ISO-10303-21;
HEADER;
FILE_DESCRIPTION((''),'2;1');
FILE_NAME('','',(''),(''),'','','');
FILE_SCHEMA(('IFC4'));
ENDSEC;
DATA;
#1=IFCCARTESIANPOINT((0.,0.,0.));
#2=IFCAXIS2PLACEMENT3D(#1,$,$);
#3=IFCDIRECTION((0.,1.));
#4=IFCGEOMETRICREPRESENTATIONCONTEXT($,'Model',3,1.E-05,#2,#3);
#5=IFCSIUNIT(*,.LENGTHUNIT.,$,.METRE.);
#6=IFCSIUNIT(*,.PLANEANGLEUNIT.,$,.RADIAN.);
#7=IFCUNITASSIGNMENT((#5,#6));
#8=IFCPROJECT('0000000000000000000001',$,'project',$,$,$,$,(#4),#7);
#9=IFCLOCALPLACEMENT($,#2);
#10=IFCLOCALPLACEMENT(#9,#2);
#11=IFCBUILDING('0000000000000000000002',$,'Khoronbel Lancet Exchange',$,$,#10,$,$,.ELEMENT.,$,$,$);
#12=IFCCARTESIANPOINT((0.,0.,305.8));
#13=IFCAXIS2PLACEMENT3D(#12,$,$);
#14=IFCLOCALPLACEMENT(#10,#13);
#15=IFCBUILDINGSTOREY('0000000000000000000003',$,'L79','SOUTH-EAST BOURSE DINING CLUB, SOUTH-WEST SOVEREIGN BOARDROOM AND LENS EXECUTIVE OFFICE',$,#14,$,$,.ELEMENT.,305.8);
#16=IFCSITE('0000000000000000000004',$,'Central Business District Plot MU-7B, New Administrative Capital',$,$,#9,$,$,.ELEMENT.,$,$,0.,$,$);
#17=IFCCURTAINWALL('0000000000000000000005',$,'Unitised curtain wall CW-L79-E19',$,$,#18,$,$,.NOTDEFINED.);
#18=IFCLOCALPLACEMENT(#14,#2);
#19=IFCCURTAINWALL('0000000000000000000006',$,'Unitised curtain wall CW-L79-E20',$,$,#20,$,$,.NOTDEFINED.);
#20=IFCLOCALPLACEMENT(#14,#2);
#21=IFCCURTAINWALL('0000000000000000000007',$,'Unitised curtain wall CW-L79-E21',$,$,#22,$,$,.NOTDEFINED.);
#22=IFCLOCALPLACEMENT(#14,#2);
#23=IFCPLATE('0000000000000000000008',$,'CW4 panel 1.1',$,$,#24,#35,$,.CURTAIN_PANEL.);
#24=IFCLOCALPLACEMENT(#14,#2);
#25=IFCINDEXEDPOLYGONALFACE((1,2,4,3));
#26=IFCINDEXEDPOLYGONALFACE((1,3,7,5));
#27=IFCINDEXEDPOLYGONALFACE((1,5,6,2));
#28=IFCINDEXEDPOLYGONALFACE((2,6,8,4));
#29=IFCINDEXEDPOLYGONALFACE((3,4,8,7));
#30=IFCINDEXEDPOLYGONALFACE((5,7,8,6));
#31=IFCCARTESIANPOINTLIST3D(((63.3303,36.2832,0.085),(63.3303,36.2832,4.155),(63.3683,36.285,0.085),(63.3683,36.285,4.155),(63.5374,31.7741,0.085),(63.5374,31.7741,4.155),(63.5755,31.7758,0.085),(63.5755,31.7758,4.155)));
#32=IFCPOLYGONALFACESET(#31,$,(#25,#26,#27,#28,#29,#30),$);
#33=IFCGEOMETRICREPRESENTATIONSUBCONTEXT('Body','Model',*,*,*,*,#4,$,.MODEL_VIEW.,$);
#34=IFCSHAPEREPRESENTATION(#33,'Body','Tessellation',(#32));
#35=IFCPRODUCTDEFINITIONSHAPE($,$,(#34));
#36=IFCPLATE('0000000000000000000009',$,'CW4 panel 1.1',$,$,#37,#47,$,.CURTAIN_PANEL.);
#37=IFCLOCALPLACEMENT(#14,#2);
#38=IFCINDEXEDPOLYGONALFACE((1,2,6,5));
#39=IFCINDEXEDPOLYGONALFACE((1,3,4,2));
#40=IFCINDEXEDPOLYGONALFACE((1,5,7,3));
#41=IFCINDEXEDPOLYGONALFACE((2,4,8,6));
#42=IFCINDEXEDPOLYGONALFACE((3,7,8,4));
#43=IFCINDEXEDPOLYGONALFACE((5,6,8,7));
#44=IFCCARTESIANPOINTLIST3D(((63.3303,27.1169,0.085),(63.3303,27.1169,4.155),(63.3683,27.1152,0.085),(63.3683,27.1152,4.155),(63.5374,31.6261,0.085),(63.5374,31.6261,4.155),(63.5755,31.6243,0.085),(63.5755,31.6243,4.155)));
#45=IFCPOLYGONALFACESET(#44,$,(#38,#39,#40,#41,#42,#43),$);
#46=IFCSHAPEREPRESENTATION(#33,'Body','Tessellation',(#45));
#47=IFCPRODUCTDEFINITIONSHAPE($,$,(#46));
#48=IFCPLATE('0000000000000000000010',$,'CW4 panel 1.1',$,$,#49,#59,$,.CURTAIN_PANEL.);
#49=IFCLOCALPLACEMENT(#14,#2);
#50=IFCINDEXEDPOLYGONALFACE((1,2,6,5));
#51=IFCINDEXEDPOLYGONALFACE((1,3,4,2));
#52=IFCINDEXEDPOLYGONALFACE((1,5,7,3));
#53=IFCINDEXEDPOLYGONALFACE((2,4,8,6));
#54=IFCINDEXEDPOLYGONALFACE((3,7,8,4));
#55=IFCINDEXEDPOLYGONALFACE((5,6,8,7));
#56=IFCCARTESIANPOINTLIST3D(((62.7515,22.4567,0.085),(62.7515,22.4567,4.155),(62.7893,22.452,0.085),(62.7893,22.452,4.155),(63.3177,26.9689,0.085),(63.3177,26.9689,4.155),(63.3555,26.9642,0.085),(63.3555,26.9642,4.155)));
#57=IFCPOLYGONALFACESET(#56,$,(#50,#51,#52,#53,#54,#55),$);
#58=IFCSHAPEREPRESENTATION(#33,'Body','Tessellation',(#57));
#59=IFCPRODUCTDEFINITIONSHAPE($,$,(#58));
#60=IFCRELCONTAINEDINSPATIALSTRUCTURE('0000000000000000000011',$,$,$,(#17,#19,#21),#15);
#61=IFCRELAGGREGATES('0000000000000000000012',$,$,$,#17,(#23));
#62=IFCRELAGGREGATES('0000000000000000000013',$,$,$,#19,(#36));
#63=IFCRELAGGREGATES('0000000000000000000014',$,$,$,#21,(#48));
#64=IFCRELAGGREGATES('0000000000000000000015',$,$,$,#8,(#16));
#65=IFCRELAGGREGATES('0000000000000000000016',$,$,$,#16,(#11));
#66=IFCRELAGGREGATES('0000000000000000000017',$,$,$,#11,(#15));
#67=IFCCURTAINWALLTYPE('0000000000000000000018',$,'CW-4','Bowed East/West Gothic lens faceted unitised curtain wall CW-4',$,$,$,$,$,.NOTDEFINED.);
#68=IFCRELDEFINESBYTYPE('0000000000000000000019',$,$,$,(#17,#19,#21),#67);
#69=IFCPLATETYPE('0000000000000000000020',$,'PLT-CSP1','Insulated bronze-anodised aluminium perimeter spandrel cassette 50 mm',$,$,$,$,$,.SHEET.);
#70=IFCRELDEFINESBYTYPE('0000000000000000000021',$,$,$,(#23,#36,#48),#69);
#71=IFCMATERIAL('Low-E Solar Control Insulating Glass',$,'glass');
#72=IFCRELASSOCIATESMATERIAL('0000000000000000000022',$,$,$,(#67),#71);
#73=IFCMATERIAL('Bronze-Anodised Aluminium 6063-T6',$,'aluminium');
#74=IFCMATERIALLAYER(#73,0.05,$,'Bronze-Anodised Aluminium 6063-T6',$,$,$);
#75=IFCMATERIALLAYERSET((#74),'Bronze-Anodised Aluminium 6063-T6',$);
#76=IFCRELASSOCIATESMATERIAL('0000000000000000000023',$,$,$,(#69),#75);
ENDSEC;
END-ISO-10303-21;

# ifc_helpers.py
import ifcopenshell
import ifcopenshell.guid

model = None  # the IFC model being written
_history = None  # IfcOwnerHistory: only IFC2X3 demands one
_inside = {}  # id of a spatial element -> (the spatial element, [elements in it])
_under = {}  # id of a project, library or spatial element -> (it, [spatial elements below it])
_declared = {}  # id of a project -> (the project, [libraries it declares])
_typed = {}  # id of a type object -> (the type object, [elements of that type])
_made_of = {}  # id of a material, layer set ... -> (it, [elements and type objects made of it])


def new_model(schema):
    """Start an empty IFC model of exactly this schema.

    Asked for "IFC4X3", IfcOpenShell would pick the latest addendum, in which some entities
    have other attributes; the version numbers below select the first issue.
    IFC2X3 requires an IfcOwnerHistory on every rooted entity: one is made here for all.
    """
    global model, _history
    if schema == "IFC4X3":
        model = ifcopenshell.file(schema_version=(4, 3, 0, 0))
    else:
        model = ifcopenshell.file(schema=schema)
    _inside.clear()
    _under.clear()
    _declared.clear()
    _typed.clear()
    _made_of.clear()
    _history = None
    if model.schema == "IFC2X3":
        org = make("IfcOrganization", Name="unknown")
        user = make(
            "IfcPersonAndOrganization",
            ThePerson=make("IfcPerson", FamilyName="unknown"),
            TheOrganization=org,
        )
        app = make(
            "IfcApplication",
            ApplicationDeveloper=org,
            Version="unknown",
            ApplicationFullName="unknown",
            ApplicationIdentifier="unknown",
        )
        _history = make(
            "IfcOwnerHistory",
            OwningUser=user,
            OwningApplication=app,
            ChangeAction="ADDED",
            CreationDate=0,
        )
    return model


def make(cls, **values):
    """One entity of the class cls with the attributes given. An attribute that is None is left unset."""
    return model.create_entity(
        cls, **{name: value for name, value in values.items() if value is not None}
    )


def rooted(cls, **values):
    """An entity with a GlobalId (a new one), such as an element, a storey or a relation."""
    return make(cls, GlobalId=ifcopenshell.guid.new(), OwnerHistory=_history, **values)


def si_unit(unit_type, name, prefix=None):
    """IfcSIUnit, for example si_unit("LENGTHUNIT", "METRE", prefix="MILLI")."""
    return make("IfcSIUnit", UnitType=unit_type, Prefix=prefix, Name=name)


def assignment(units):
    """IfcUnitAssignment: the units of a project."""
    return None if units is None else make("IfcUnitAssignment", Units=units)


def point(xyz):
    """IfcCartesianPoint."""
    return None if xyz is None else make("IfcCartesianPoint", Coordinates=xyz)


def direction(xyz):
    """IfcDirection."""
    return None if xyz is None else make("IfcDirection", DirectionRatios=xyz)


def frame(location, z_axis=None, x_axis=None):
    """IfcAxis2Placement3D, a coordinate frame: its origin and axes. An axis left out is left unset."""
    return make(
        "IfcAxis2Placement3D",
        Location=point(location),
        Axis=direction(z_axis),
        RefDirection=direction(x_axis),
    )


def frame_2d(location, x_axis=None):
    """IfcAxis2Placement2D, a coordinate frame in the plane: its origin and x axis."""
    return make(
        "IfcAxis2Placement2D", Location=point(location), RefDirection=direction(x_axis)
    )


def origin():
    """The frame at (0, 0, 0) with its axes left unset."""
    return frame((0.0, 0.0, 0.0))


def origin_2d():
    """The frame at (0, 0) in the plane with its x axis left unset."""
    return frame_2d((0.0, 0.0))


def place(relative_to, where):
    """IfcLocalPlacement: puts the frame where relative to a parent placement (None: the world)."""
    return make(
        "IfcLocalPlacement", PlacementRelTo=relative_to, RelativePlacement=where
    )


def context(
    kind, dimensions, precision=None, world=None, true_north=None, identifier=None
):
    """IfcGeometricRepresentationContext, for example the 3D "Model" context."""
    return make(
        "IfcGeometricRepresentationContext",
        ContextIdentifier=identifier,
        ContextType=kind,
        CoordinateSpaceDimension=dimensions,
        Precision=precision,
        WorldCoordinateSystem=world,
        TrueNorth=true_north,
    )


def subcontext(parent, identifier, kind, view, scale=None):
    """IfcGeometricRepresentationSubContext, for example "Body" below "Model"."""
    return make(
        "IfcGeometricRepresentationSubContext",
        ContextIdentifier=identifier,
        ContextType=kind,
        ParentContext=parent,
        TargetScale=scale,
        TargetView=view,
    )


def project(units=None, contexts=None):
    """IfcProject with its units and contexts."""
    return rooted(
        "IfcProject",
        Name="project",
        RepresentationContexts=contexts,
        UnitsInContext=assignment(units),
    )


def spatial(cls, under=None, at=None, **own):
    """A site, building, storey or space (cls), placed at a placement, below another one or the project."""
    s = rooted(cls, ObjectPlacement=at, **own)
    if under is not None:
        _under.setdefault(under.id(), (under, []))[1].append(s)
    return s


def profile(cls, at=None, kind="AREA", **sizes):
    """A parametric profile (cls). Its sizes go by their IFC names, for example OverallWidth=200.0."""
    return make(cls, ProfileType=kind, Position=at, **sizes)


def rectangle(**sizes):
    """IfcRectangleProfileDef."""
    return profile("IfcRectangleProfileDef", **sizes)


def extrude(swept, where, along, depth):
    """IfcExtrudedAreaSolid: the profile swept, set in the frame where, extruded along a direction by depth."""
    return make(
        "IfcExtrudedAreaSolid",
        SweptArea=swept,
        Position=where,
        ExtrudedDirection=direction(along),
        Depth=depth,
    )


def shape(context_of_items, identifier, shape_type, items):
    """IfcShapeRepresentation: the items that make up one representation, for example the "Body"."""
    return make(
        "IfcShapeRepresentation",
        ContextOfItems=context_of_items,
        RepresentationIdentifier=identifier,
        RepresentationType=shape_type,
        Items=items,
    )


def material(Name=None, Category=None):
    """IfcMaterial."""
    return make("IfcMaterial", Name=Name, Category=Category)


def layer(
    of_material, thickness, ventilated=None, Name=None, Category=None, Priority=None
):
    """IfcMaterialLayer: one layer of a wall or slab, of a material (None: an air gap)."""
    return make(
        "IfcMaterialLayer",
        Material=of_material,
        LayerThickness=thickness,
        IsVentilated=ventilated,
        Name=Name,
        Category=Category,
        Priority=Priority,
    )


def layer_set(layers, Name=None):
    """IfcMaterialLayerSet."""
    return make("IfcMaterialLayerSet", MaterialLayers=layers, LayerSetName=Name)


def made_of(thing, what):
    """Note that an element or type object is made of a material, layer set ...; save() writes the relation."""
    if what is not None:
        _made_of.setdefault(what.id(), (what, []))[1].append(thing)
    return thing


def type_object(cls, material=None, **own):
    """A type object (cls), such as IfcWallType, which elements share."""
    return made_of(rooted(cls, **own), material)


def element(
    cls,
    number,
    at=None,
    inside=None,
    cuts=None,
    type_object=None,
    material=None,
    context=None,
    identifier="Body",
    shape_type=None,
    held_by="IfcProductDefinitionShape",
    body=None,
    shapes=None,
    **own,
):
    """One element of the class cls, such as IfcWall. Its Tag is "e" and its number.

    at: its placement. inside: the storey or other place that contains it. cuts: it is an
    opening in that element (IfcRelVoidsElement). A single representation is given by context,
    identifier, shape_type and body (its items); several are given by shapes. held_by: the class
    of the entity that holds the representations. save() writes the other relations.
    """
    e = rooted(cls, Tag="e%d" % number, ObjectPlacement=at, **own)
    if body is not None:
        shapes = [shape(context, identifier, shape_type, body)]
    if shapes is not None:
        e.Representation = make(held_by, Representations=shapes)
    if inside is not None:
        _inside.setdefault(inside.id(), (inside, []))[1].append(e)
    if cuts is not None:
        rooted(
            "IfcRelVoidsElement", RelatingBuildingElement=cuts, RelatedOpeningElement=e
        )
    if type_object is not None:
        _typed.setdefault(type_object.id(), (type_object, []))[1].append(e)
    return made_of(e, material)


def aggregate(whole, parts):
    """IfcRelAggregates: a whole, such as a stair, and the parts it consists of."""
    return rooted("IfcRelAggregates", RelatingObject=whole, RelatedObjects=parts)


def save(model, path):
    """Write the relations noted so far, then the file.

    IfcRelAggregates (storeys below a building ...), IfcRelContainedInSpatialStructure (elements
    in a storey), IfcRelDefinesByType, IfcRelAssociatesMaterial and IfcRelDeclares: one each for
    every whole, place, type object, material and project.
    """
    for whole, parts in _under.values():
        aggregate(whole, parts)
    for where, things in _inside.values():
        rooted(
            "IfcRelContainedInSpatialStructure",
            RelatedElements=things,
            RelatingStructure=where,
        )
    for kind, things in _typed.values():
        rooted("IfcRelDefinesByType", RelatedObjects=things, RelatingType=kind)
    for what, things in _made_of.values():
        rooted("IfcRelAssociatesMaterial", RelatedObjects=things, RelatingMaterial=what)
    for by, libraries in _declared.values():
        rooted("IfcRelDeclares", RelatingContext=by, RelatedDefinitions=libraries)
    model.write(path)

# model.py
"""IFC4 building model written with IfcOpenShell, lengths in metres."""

from ifc_helpers import new_model, si_unit, direction, frame, origin, origin_2d, place, context, subcontext, project, spatial, rectangle, extrude, material, layer, layer_set, type_object, element, aggregate, save


model = new_model("IFC4")

# Units and contexts
model_context = context("Model", 3, precision=1e-05, world=origin(), true_north=direction((0.0, 1.0)))
body_context = subcontext(model_context, "Body", "Model", "MODEL_VIEW")
ifc_project = project(units=[si_unit("LENGTHUNIT", "METRE"), si_unit("PLANEANGLEUNIT", "RADIAN")], contexts=[model_context])

# Site, building, storey
site_placement = place(None, origin())
site = spatial("IfcSite", under=ifc_project, at=site_placement, Name="Central Business District Plot MU-7B, New Administrative Capital", CompositionType="ELEMENT", RefElevation=0.0)
building_placement = place(site_placement, origin())
building = spatial("IfcBuilding", under=site, at=building_placement, Name="Khoronbel Lancet Exchange", CompositionType="ELEMENT")
storey_placement = place(building_placement, frame((0.0, 0.0, 305.8)))
storey = spatial("IfcBuildingStorey", under=building, at=storey_placement, Name="L79", Description="SOUTH-EAST BOURSE DINING CLUB, SOUTH-WEST SOVEREIGN BOARDROOM AND LENS EXECUTIVE OFFICE", CompositionType="ELEMENT", Elevation=305.8)

# Shared definitions
ifc_material_1 = material(Name="Low-E Solar Control Insulating Glass", Category="glass")
curtain_wall_type = type_object("IfcCurtainWallType", Name="CW-4", Description="Bowed East/West Gothic lens faceted unitised curtain wall CW-4", PredefinedType="NOTDEFINED", material=ifc_material_1)
ifc_material_2 = material(Name="Bronze-Anodised Aluminium 6063-T6", Category="aluminium")

# Curtain walls
curtain_wall_1_placement = place(storey_placement, origin())
curtain_wall_1 = element("IfcCurtainWall", 1, at=curtain_wall_1_placement, inside=storey, type_object=curtain_wall_type, Name="Unitised curtain wall CW-L79-E19", PredefinedType="NOTDEFINED")
curtain_wall_2_placement = place(storey_placement, origin())
curtain_wall_2 = element("IfcCurtainWall", 2, at=curtain_wall_2_placement, inside=storey, type_object=curtain_wall_type, Name="Unitised curtain wall CW-L79-E20", PredefinedType="NOTDEFINED")
curtain_wall_3_placement = place(storey_placement, origin())
curtain_wall_3 = element("IfcCurtainWall", 3, at=curtain_wall_3_placement, inside=storey, type_object=curtain_wall_type, Name="Unitised curtain wall CW-L79-E21", PredefinedType="NOTDEFINED")

# Plates
ifc_layer = layer(ifc_material_2, 0.05, Name="Bronze-Anodised Aluminium 6063-T6")
ifc_layer_set = layer_set([ifc_layer], Name="Bronze-Anodised Aluminium 6063-T6")
plate_type = type_object("IfcPlateType", Name="PLT-CSP1", Description="Insulated bronze-anodised aluminium perimeter spandrel cassette 50 mm", PredefinedType="SHEET", material=ifc_layer_set)
plate_1_placement = place(storey_placement, frame((63.4529, 34.0295, 0.085), z_axis=(0.0, 0.0, 1.0), x_axis=(0.045884, -0.998947, 0.0)))
plate_1 = element("IfcPlate", 4, at=plate_1_placement, type_object=plate_type, Name="CW4 panel 1.1", PredefinedType="CURTAIN_PANEL", context=body_context, shape_type="SweptSolid", body=[
    extrude(rectangle(XDim=4.5139, YDim=0.0381, at=origin_2d()), origin(), (0.0, 0.0, 1.0), 4.0701),
])
aggregate(curtain_wall_1, [plate_1])
plate_2_placement = place(storey_placement, frame((63.4529, 29.3706, 0.085), z_axis=(0.0, 0.0, 1.0), x_axis=(-0.045884, -0.998947, 0.0)))
plate_2 = element("IfcPlate", 5, at=plate_2_placement, type_object=plate_type, Name="CW4 panel 1.1", PredefinedType="CURTAIN_PANEL", context=body_context, shape_type="SweptSolid", body=[
    extrude(rectangle(XDim=4.5139, YDim=0.0381, at=origin_2d()), origin(), (0.0, 0.0, 1.0), 4.0701),
])
aggregate(curtain_wall_2, [plate_2])
plate_3_placement = place(storey_placement, frame((63.0535, 24.7104, 0.085), z_axis=(0.0, 0.0, 1.0), x_axis=(-0.124509, -0.992218, 0.0)))
plate_3 = element("IfcPlate", 6, at=plate_3_placement, type_object=plate_type, Name="CW4 panel 1.1", PredefinedType="CURTAIN_PANEL", context=body_context, shape_type="SweptSolid", body=[
    extrude(rectangle(XDim=4.5476, YDim=0.0381, at=origin_2d()), origin(), (0.0, 0.0, 1.0), 4.0701),
])
aggregate(curtain_wall_3, [plate_3])

save(model, "model.ifc")
